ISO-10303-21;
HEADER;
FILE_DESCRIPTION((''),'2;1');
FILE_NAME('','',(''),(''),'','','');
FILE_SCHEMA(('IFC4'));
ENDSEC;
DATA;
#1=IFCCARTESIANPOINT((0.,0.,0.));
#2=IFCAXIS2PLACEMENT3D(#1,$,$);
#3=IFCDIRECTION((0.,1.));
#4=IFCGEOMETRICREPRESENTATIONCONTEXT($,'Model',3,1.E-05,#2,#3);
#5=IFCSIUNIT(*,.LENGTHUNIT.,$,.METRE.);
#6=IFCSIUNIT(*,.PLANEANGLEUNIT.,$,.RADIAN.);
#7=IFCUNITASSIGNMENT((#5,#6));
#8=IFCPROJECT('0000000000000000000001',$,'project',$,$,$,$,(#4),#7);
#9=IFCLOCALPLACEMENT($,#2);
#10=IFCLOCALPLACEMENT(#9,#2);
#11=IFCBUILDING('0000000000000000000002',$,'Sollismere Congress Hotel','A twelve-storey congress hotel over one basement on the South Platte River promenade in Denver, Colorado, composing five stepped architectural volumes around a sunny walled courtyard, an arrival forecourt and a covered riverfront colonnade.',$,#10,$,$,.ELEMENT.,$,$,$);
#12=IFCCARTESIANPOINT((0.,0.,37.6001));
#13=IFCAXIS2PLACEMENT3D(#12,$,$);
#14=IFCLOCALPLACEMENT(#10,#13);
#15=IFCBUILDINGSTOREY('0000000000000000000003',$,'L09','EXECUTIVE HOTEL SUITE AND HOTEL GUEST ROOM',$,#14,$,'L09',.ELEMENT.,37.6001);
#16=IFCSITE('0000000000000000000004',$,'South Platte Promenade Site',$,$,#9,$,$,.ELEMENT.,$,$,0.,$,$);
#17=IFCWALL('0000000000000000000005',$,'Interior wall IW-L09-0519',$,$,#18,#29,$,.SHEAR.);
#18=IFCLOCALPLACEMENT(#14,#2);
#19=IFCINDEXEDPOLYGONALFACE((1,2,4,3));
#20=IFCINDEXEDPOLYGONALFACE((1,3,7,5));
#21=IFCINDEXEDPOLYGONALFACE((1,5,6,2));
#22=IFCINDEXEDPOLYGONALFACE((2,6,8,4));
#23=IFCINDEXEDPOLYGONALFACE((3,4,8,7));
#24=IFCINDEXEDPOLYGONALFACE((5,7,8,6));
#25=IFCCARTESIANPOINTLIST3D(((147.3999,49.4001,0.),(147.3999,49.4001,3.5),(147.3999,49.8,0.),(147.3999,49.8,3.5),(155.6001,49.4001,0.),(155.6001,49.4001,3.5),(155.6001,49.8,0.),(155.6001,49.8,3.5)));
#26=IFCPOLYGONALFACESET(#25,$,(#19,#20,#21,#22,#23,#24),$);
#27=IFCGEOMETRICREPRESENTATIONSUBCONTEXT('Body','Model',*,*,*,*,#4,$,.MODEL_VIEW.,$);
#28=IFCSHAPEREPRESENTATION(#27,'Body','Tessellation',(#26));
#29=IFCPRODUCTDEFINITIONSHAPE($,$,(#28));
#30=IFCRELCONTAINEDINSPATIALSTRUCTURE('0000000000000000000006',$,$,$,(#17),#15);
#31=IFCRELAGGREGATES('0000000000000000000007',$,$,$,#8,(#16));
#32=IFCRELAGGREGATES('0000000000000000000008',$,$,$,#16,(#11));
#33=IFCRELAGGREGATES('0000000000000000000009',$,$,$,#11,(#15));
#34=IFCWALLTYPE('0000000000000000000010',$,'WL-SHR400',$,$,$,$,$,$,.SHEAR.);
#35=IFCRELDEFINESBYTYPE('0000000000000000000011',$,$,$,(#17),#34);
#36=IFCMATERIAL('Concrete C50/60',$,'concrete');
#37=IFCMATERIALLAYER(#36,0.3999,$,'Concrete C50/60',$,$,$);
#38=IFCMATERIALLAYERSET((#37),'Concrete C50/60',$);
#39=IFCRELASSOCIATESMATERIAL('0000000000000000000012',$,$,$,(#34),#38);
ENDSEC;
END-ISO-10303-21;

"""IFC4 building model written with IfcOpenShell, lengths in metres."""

from ifc_helpers import new_model, si_unit, direction, frame, frame_2d, origin, place, context, subcontext, project, spatial, rectangle, extrude, material, layer, layer_set, type_object, element, save


model = new_model("IFC4")

# Units and contexts
model_context = context("Model", 3, precision=1e-05, world=origin(), true_north=direction((0.0, 1.0)))
body_context = subcontext(model_context, "Body", "Model", "MODEL_VIEW")
ifc_project = project(units=[si_unit("LENGTHUNIT", "METRE"), si_unit("PLANEANGLEUNIT", "RADIAN")], contexts=[model_context])

# Site, building, storey
site_placement = place(None, origin())
site = spatial("IfcSite", under=ifc_project, at=site_placement, Name="South Platte Promenade Site", CompositionType="ELEMENT", RefElevation=0.0)
building_placement = place(site_placement, origin())
building = spatial("IfcBuilding", under=site, at=building_placement, Name="Sollismere Congress Hotel", Description="A twelve-storey congress hotel over one basement on the South Platte River promenade in Denver, Colorado, composing five stepped architectural volumes around a sunny walled courtyard, an arrival forecourt and a covered riverfront colonnade.", CompositionType="ELEMENT")
storey_placement = place(building_placement, frame((0.0, 0.0, 37.6001)))
storey = spatial("IfcBuildingStorey", under=building, at=storey_placement, Name="L09", Description="EXECUTIVE HOTEL SUITE AND HOTEL GUEST ROOM", LongName="L09", CompositionType="ELEMENT", Elevation=37.6001)

# Wall
ifc_material_1 = material(Name="Concrete C50/60", Category="concrete")
ifc_layer_1 = layer(ifc_material_1, 0.3999, Name="Concrete C50/60")
ifc_layer_set_1 = layer_set([ifc_layer_1], Name="Concrete C50/60")
wall_type_1 = type_object("IfcWallType", Name="WL-SHR400", PredefinedType="SHEAR", material=ifc_layer_set_1)
wall_1_placement = place(storey_placement, frame((155.6001, 49.6001, 0.0), z_axis=(0.0, 0.0, 1.0), x_axis=(-1.0, 0.0, 0.0)))
element("IfcWall", 1, at=wall_1_placement, inside=storey, type_object=wall_type_1, Name="Interior wall IW-L09-0519", PredefinedType="SHEAR", context=body_context, shape_type="SweptSolid", body=[
    extrude(rectangle(XDim=8.2002, YDim=0.3999, at=frame_2d((4.1001, 0.0))), origin(), (0.0, 0.0, 1.0), 3.5),
])

save(model, "model.ifc")
